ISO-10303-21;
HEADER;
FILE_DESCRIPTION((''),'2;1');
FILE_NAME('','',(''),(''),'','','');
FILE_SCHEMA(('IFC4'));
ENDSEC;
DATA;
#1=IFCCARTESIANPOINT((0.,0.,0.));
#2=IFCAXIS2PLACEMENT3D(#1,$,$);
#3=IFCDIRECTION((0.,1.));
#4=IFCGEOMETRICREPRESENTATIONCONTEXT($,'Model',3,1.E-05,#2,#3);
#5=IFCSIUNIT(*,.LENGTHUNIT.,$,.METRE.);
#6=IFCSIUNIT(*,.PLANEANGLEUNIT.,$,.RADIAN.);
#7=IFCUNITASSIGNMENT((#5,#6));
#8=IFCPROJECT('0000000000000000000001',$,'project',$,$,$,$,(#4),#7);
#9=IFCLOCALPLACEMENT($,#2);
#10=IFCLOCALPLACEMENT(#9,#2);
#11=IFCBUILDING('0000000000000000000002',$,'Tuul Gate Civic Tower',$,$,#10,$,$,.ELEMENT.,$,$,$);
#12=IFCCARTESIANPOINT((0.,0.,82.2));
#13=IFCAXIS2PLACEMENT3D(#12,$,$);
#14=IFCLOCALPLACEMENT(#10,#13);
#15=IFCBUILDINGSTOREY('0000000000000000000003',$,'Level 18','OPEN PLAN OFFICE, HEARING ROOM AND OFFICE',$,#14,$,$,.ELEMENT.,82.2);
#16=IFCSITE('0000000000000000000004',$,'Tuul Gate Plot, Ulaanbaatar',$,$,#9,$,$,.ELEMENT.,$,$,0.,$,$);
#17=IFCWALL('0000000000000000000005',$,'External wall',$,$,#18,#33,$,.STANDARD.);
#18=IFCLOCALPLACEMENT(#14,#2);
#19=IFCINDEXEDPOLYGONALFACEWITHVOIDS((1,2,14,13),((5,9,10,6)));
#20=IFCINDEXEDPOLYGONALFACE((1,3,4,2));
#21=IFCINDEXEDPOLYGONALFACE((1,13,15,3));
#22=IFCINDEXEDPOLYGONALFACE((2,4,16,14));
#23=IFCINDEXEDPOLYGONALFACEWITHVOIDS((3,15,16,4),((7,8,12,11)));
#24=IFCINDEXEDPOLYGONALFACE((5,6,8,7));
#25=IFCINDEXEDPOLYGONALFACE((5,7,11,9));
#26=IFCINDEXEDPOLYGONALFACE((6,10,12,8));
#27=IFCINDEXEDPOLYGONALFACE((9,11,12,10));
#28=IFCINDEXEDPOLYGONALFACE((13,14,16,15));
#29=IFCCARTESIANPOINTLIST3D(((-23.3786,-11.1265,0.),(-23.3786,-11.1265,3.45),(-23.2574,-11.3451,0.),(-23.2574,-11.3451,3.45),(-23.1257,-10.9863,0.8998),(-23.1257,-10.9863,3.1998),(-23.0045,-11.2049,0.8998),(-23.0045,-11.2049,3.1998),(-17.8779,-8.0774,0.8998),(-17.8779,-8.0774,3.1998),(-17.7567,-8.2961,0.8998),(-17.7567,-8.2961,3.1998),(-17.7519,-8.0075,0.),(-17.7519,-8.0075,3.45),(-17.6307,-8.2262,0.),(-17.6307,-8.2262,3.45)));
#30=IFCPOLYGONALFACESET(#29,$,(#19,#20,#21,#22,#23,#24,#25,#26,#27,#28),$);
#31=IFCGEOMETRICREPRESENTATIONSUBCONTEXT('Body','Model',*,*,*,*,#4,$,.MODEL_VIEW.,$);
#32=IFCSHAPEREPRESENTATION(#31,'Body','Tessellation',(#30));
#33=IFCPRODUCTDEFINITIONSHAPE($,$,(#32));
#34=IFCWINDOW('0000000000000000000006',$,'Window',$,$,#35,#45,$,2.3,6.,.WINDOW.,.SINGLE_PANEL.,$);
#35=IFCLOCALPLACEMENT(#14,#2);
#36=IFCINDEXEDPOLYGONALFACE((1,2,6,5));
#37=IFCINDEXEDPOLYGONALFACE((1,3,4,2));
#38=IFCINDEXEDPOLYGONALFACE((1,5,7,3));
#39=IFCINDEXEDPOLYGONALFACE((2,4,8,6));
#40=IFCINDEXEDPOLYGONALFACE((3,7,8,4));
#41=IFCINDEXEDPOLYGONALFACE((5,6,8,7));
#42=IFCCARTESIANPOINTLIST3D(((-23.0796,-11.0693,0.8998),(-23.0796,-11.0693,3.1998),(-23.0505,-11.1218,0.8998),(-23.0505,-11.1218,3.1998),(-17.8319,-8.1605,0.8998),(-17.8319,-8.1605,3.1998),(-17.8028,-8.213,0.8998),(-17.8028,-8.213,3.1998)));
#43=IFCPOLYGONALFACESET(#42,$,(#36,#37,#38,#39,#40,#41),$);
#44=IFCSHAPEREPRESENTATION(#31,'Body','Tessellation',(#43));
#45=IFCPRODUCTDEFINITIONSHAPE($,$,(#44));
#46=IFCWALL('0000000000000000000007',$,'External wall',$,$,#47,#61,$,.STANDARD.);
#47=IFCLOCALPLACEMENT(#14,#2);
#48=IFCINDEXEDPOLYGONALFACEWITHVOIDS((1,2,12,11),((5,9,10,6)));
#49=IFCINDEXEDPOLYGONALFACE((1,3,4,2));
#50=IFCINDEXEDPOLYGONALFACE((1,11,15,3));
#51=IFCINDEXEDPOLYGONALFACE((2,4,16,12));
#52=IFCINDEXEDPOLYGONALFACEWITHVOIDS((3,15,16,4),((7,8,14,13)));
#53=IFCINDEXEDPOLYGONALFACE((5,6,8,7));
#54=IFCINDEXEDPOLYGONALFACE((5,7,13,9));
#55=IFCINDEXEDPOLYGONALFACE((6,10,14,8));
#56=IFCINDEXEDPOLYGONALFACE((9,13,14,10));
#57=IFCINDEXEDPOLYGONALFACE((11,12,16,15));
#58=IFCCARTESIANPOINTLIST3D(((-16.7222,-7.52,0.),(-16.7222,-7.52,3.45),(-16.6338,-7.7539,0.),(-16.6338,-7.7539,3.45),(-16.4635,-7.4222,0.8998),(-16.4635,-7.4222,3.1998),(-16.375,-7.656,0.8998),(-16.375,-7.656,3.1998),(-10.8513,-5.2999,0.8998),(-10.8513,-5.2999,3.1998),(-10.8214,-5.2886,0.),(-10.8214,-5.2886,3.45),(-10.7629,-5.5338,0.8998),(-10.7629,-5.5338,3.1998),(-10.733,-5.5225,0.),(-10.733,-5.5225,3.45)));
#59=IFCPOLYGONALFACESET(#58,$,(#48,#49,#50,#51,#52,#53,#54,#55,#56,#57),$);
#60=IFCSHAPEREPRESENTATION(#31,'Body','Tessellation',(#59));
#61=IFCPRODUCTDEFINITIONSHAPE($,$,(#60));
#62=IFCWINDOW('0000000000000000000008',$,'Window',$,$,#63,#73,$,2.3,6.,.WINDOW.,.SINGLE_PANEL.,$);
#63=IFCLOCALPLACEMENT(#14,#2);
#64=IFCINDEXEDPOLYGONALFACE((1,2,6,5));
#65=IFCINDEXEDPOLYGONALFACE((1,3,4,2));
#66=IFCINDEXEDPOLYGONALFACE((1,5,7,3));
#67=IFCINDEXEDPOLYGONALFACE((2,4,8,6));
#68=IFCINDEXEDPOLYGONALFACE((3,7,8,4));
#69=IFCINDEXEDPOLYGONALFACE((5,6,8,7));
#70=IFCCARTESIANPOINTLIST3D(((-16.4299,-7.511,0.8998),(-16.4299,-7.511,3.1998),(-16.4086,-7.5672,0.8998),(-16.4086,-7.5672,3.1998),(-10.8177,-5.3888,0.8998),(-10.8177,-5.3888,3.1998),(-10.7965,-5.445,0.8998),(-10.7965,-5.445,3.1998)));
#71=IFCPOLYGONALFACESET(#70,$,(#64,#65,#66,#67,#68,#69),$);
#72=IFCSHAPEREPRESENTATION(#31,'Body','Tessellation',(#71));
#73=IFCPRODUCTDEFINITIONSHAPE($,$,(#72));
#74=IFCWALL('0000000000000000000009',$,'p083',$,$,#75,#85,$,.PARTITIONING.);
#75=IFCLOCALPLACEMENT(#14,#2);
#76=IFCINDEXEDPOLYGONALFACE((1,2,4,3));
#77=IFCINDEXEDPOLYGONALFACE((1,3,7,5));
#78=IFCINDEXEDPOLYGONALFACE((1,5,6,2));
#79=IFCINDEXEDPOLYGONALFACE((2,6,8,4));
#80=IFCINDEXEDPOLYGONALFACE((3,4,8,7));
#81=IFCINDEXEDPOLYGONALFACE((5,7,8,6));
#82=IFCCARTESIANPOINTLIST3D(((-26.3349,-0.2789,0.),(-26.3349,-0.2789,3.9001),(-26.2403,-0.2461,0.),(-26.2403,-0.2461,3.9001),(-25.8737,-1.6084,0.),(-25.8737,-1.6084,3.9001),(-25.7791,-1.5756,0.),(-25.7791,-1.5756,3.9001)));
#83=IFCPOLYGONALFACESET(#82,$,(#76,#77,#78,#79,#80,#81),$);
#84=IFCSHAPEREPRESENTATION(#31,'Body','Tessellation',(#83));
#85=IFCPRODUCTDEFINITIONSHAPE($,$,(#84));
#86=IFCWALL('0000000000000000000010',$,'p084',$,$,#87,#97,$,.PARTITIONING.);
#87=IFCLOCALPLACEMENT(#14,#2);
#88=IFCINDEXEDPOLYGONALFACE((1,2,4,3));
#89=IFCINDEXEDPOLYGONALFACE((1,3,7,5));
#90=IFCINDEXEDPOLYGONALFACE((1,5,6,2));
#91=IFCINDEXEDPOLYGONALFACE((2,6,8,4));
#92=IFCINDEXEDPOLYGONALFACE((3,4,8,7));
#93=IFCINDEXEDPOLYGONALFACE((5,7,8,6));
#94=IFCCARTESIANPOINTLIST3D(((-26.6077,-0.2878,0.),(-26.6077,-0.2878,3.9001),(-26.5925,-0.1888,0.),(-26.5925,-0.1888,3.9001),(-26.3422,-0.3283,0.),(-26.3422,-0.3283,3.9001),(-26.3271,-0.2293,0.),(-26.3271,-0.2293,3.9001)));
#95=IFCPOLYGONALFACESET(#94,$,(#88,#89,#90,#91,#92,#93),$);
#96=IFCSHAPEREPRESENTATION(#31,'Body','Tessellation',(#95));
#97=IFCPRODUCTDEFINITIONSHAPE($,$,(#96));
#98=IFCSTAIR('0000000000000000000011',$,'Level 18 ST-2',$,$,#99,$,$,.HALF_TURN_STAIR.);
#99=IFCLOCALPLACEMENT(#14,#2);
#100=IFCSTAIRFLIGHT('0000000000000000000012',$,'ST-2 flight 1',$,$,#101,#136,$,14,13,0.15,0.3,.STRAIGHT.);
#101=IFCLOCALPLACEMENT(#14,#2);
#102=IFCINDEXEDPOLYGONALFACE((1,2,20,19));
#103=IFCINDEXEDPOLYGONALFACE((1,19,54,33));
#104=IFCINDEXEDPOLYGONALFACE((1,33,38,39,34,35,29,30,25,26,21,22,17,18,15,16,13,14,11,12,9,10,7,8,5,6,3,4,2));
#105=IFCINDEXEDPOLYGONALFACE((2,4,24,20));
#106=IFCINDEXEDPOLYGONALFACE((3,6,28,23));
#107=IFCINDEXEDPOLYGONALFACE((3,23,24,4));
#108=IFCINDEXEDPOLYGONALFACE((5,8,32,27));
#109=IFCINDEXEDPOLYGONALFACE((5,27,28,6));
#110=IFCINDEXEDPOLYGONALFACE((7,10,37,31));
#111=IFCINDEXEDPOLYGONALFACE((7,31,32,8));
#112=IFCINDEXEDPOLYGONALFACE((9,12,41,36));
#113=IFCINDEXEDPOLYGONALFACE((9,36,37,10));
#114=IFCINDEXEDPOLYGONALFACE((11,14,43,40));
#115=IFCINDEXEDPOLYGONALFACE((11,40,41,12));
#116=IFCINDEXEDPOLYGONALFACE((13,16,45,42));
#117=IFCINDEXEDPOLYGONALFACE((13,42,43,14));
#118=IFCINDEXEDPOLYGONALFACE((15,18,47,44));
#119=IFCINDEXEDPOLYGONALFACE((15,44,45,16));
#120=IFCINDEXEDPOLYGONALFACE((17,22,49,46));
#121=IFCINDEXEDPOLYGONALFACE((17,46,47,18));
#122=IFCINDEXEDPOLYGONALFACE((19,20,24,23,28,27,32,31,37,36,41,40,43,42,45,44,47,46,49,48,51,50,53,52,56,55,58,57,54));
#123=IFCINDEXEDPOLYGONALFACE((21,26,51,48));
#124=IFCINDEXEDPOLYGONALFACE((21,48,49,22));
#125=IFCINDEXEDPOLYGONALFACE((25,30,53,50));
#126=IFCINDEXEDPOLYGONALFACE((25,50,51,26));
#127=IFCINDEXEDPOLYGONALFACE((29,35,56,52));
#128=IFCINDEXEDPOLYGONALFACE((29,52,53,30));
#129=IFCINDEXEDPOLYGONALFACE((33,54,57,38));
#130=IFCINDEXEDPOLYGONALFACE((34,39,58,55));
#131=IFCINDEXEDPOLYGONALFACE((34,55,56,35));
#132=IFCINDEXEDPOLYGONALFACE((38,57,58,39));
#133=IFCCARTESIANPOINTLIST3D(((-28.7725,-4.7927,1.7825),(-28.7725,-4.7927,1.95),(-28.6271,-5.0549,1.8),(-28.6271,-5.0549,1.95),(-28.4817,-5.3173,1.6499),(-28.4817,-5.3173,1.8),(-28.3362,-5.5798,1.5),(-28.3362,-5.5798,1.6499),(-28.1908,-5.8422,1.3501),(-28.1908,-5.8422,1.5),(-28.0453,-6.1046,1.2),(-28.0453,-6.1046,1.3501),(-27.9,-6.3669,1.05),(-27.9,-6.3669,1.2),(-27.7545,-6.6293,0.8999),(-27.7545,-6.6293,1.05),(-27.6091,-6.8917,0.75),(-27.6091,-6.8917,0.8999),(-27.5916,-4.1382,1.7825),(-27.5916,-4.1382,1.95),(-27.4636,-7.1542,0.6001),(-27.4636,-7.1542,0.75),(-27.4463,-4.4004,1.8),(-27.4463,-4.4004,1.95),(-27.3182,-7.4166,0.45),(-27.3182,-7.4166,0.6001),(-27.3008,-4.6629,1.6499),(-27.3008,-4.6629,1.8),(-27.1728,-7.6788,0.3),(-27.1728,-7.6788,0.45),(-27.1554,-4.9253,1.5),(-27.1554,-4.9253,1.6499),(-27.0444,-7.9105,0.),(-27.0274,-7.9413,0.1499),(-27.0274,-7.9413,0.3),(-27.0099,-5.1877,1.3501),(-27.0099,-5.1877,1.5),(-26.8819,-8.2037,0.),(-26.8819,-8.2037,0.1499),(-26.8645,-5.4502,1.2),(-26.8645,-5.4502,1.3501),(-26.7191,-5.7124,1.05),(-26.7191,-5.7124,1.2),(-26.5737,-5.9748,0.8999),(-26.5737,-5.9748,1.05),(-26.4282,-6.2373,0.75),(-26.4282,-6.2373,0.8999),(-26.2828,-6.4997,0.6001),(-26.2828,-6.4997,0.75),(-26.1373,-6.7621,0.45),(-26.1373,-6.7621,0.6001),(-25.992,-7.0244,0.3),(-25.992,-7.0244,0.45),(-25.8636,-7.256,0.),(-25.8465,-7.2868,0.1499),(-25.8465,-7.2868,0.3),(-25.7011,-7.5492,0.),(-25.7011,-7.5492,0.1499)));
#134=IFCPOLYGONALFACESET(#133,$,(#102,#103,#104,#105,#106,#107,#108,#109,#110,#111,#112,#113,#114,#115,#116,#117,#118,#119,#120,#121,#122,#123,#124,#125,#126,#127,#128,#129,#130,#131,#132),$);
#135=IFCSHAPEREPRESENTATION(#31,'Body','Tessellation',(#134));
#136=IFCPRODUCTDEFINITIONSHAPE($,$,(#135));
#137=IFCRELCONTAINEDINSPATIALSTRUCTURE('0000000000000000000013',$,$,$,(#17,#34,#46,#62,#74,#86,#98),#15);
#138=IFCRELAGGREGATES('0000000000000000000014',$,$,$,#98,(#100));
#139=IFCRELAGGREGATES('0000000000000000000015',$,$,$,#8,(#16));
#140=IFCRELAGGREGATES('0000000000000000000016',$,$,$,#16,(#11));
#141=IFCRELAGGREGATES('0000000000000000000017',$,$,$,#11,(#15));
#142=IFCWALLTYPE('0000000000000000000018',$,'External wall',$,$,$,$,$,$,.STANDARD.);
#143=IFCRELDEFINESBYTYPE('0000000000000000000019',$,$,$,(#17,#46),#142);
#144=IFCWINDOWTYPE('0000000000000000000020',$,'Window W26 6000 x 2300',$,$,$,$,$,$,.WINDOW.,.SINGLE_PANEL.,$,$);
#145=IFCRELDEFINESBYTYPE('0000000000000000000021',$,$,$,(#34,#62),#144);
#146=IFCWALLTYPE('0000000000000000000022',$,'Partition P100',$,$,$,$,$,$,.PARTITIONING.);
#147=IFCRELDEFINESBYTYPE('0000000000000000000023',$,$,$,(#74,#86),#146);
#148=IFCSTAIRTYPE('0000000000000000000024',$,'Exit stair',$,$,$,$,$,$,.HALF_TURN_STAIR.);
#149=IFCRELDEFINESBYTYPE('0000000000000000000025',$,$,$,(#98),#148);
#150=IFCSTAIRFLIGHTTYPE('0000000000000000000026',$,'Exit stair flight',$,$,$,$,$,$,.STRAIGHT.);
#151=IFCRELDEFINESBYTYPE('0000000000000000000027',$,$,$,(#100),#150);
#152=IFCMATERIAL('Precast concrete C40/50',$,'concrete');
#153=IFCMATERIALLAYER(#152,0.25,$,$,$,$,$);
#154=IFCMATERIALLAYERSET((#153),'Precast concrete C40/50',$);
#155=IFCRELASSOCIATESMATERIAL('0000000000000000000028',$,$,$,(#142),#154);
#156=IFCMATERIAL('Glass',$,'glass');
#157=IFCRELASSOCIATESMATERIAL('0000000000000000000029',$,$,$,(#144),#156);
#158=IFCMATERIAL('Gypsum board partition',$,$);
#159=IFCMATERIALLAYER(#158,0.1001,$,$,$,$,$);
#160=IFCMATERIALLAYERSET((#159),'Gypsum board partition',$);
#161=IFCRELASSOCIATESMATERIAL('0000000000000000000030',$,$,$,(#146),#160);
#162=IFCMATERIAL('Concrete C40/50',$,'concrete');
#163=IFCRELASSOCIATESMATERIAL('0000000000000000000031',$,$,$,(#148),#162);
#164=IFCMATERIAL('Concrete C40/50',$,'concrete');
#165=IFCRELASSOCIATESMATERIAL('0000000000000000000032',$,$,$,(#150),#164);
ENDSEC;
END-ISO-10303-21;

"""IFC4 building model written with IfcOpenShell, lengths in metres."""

from ifc_helpers import new_model, si_unit, direction, frame, frame_2d, origin, place, context, subcontext, project, spatial, polyline, rectangle, outline, extrude, material, layer, layer_set, type_object, element, fill, aggregate, save


model = new_model("IFC4")

# Units and contexts
model_context = context("Model", 3, precision=1e-05, world=origin(), true_north=direction((0.0, 1.0)))
body_context = subcontext(model_context, "Body", "Model", "MODEL_VIEW")
ifc_project = project(units=[si_unit("LENGTHUNIT", "METRE"), si_unit("PLANEANGLEUNIT", "RADIAN")], contexts=[model_context])

# Site, building, storey
site_placement = place(None, origin())
site = spatial("IfcSite", under=ifc_project, at=site_placement, Name="Tuul Gate Plot, Ulaanbaatar", CompositionType="ELEMENT", RefElevation=0.0)
building_placement = place(site_placement, origin())
building = spatial("IfcBuilding", under=site, at=building_placement, Name="Tuul Gate Civic Tower", CompositionType="ELEMENT")
storey_placement = place(building_placement, frame((0.0, 0.0, 82.2)))
storey = spatial("IfcBuildingStorey", under=building, at=storey_placement, Name="Level 18", Description="OPEN PLAN OFFICE, HEARING ROOM AND OFFICE", CompositionType="ELEMENT", Elevation=82.2)

# Walls, openings, windows
ifc_material_1 = material(Name="Precast concrete C40/50", Category="concrete")
ifc_layer_1 = layer(ifc_material_1, 0.25)
ifc_layer_set_1 = layer_set([ifc_layer_1], Name="Precast concrete C40/50")
wall_type_1 = type_object("IfcWallType", Name="External wall", PredefinedType="STANDARD", material=ifc_layer_set_1)
wall_1_placement = place(storey_placement, frame((-23.3181, -11.2358, 0.0), z_axis=(0.0, 0.0, 1.0), x_axis=(0.874622, 0.484805, 0.0)))
wall_1 = element("IfcWall", 1, at=wall_1_placement, inside=storey, type_object=wall_type_1, Name="External wall", PredefinedType="STANDARD", context=body_context, shape_type="SweptSolid", body=[
    extrude(rectangle(XDim=6.4333, YDim=0.25, at=frame_2d((3.2168, 0.0))), origin(), (0.0, 0.0, 1.0), 3.45),
])
opening_1_placement = place(wall_1_placement, frame((0.2893, 0.0, 0.8999)))
opening_1 = element("IfcOpeningElement", 2, at=opening_1_placement, cuts=wall_1, PredefinedType="OPENING", context=body_context, shape_type="SweptSolid", body=[
    extrude(rectangle(XDim=6.0, YDim=2.3, at=frame_2d((3.0, 1.1499))), frame((0.0, 0.135, 0.0), z_axis=(0.0, -1.0, 0.0), x_axis=(1.0, 0.0, 0.0)), (0.0, 0.0, 1.0), 0.27),
])
ifc_material_2 = material(Name="Glass", Category="glass")
window_type = type_object("IfcWindowType", Name="Window W26 6000 x 2300", PartitioningType="SINGLE_PANEL", PredefinedType="WINDOW", material=ifc_material_2)
window_1_placement = place(opening_1_placement, origin())
window_1 = element("IfcWindow", 3, at=window_1_placement, inside=storey, type_object=window_type, Name="Window", OverallHeight=2.3, OverallWidth=6.0, PartitioningType="SINGLE_PANEL", PredefinedType="WINDOW", context=body_context, shape_type="SweptSolid", body=[
    extrude(rectangle(XDim=6.0, YDim=2.3, at=frame_2d((3.0, 1.1499))), frame((0.0, 0.03, 0.0), z_axis=(0.0, -1.0, 0.0), x_axis=(1.0, 0.0, 0.0)), (0.0, 0.0, 1.0), 0.0601),
])
fill(opening_1, window_1)
wall_2_placement = place(storey_placement, frame((-16.678, -7.637, 0.0), z_axis=(0.0, 0.0, 1.0), x_axis=(0.935355, 0.353709, 0.0)))
wall_2 = element("IfcWall", 4, at=wall_2_placement, inside=storey, type_object=wall_type_1, Name="External wall", PredefinedType="STANDARD", context=body_context, shape_type="SweptSolid", body=[
    extrude(rectangle(XDim=6.3086, YDim=0.25, at=frame_2d((3.1543, 0.0))), origin(), (0.0, 0.0, 1.0), 3.45),
])
opening_2_placement = place(wall_2_placement, frame((0.2766, 0.0, 0.8999)))
opening_2 = element("IfcOpeningElement", 5, at=opening_2_placement, cuts=wall_2, PredefinedType="OPENING", context=body_context, shape_type="SweptSolid", body=[
    extrude(rectangle(XDim=6.0, YDim=2.3, at=frame_2d((3.0, 1.1499))), frame((0.0, 0.135, 0.0), z_axis=(0.0, -1.0, 0.0), x_axis=(1.0, 0.0, 0.0)), (0.0, 0.0, 1.0), 0.27),
])
window_2_placement = place(opening_2_placement, origin())
window_2 = element("IfcWindow", 6, at=window_2_placement, inside=storey, type_object=window_type, Name="Window", OverallHeight=2.3, OverallWidth=6.0, PartitioningType="SINGLE_PANEL", PredefinedType="WINDOW", context=body_context, shape_type="SweptSolid", body=[
    extrude(rectangle(XDim=6.0, YDim=2.3, at=frame_2d((3.0, 1.1499))), frame((0.0, 0.03, 0.0), z_axis=(0.0, -1.0, 0.0), x_axis=(1.0, 0.0, 0.0)), (0.0, 0.0, 1.0), 0.0601),
])
fill(opening_2, window_2)

# Walls
ifc_material_3 = material(Name="Gypsum board partition")
ifc_layer_2 = layer(ifc_material_3, 0.1001)
ifc_layer_set_2 = layer_set([ifc_layer_2], Name="Gypsum board partition")
wall_type_2 = type_object("IfcWallType", Name="Partition P100", PredefinedType="PARTITIONING", material=ifc_layer_set_2)
wall_3_placement = place(storey_placement, frame((-25.8264, -1.592, 0.0), z_axis=(0.0, 0.0, 1.0), x_axis=(-0.327706, 0.94478, 0.0)))
element("IfcWall", 7, at=wall_3_placement, inside=storey, type_object=wall_type_2, Name="p083", PredefinedType="PARTITIONING", context=body_context, shape_type="SweptSolid", body=[
    extrude(rectangle(XDim=1.4072, YDim=0.1001, at=frame_2d((0.7036, 0.0))), origin(), (0.0, 0.0, 1.0), 3.9001),
])
wall_4_placement = place(storey_placement, frame((-26.6001, -0.2383, 0.0), z_axis=(0.0, 0.0, 1.0), x_axis=(0.988539, -0.150964, 0.0)))
element("IfcWall", 8, at=wall_4_placement, inside=storey, type_object=wall_type_2, Name="p084", PredefinedType="PARTITIONING", context=body_context, shape_type="SweptSolid", body=[
    extrude(rectangle(XDim=0.2686, YDim=0.1001, at=frame_2d((0.1343, 0.0))), origin(), (0.0, 0.0, 1.0), 3.9001),
])

# Stair, stair flight
ifc_material_4 = material(Name="Concrete C40/50", Category="concrete")
stair_type = type_object("IfcStairType", Name="Exit stair", PredefinedType="HALF_TURN_STAIR", material=ifc_material_4)
stair_placement = place(storey_placement, origin())
stair = element("IfcStair", 9, at=stair_placement, inside=storey, type_object=stair_type, Name="Level 18 ST-2", PredefinedType="HALF_TURN_STAIR")
ifc_material_5 = material(Name="Concrete C40/50", Category="concrete")
stair_flight_type = type_object("IfcStairFlightType", Name="Exit stair flight", PredefinedType="STRAIGHT", material=ifc_material_5)
stair_flight_placement = place(storey_placement, frame((-26.2915, -7.8765, 0.0), z_axis=(0.0, 0.0, 1.0), x_axis=(-0.484762, 0.874646, 0.0)))
stair_flight = element("IfcStairFlight", 10, at=stair_flight_placement, type_object=stair_flight_type, Name="ST-2 flight 1", NumberOfRisers=14, NumberOfTreads=13, PredefinedType="STRAIGHT", RiserHeight=0.15, TreadLength=0.3, context=body_context, shape_type="SweptSolid", body=[
    extrude(outline(polyline([(0.0, 0.0), (0.0, 0.1499), (0.3, 0.1499), (0.3, 0.3), (0.6001, 0.3), (0.6001, 0.45), (0.8999, 0.45), (0.8999, 0.6001), (1.2, 0.6001), (1.2, 0.75), (1.5, 0.75), (1.5, 0.8999), (1.8, 0.8999), (1.8, 1.05), (2.1001, 1.05), (2.1001, 1.2), (2.3999, 1.2), (2.3999, 1.3501), (2.7, 1.3501), (2.7, 1.5), (3.0, 1.5), (3.0, 1.6499), (3.3, 1.6499), (3.3, 1.8), (3.6001, 1.8), (3.6001, 1.95), (3.8999, 1.95), (3.8999, 2.1001), (3.8999, 1.7825), (0.3352, 0.0), (0.0, 0.0)])), frame((0.0, 0.675, 0.0), z_axis=(0.0, -1.0, 0.0), x_axis=(1.0, 0.0, 0.0)), (0.0, 0.0, 1.0), 1.3501),
])
aggregate(stair, [stair_flight])

save(model, "model.ifc")
